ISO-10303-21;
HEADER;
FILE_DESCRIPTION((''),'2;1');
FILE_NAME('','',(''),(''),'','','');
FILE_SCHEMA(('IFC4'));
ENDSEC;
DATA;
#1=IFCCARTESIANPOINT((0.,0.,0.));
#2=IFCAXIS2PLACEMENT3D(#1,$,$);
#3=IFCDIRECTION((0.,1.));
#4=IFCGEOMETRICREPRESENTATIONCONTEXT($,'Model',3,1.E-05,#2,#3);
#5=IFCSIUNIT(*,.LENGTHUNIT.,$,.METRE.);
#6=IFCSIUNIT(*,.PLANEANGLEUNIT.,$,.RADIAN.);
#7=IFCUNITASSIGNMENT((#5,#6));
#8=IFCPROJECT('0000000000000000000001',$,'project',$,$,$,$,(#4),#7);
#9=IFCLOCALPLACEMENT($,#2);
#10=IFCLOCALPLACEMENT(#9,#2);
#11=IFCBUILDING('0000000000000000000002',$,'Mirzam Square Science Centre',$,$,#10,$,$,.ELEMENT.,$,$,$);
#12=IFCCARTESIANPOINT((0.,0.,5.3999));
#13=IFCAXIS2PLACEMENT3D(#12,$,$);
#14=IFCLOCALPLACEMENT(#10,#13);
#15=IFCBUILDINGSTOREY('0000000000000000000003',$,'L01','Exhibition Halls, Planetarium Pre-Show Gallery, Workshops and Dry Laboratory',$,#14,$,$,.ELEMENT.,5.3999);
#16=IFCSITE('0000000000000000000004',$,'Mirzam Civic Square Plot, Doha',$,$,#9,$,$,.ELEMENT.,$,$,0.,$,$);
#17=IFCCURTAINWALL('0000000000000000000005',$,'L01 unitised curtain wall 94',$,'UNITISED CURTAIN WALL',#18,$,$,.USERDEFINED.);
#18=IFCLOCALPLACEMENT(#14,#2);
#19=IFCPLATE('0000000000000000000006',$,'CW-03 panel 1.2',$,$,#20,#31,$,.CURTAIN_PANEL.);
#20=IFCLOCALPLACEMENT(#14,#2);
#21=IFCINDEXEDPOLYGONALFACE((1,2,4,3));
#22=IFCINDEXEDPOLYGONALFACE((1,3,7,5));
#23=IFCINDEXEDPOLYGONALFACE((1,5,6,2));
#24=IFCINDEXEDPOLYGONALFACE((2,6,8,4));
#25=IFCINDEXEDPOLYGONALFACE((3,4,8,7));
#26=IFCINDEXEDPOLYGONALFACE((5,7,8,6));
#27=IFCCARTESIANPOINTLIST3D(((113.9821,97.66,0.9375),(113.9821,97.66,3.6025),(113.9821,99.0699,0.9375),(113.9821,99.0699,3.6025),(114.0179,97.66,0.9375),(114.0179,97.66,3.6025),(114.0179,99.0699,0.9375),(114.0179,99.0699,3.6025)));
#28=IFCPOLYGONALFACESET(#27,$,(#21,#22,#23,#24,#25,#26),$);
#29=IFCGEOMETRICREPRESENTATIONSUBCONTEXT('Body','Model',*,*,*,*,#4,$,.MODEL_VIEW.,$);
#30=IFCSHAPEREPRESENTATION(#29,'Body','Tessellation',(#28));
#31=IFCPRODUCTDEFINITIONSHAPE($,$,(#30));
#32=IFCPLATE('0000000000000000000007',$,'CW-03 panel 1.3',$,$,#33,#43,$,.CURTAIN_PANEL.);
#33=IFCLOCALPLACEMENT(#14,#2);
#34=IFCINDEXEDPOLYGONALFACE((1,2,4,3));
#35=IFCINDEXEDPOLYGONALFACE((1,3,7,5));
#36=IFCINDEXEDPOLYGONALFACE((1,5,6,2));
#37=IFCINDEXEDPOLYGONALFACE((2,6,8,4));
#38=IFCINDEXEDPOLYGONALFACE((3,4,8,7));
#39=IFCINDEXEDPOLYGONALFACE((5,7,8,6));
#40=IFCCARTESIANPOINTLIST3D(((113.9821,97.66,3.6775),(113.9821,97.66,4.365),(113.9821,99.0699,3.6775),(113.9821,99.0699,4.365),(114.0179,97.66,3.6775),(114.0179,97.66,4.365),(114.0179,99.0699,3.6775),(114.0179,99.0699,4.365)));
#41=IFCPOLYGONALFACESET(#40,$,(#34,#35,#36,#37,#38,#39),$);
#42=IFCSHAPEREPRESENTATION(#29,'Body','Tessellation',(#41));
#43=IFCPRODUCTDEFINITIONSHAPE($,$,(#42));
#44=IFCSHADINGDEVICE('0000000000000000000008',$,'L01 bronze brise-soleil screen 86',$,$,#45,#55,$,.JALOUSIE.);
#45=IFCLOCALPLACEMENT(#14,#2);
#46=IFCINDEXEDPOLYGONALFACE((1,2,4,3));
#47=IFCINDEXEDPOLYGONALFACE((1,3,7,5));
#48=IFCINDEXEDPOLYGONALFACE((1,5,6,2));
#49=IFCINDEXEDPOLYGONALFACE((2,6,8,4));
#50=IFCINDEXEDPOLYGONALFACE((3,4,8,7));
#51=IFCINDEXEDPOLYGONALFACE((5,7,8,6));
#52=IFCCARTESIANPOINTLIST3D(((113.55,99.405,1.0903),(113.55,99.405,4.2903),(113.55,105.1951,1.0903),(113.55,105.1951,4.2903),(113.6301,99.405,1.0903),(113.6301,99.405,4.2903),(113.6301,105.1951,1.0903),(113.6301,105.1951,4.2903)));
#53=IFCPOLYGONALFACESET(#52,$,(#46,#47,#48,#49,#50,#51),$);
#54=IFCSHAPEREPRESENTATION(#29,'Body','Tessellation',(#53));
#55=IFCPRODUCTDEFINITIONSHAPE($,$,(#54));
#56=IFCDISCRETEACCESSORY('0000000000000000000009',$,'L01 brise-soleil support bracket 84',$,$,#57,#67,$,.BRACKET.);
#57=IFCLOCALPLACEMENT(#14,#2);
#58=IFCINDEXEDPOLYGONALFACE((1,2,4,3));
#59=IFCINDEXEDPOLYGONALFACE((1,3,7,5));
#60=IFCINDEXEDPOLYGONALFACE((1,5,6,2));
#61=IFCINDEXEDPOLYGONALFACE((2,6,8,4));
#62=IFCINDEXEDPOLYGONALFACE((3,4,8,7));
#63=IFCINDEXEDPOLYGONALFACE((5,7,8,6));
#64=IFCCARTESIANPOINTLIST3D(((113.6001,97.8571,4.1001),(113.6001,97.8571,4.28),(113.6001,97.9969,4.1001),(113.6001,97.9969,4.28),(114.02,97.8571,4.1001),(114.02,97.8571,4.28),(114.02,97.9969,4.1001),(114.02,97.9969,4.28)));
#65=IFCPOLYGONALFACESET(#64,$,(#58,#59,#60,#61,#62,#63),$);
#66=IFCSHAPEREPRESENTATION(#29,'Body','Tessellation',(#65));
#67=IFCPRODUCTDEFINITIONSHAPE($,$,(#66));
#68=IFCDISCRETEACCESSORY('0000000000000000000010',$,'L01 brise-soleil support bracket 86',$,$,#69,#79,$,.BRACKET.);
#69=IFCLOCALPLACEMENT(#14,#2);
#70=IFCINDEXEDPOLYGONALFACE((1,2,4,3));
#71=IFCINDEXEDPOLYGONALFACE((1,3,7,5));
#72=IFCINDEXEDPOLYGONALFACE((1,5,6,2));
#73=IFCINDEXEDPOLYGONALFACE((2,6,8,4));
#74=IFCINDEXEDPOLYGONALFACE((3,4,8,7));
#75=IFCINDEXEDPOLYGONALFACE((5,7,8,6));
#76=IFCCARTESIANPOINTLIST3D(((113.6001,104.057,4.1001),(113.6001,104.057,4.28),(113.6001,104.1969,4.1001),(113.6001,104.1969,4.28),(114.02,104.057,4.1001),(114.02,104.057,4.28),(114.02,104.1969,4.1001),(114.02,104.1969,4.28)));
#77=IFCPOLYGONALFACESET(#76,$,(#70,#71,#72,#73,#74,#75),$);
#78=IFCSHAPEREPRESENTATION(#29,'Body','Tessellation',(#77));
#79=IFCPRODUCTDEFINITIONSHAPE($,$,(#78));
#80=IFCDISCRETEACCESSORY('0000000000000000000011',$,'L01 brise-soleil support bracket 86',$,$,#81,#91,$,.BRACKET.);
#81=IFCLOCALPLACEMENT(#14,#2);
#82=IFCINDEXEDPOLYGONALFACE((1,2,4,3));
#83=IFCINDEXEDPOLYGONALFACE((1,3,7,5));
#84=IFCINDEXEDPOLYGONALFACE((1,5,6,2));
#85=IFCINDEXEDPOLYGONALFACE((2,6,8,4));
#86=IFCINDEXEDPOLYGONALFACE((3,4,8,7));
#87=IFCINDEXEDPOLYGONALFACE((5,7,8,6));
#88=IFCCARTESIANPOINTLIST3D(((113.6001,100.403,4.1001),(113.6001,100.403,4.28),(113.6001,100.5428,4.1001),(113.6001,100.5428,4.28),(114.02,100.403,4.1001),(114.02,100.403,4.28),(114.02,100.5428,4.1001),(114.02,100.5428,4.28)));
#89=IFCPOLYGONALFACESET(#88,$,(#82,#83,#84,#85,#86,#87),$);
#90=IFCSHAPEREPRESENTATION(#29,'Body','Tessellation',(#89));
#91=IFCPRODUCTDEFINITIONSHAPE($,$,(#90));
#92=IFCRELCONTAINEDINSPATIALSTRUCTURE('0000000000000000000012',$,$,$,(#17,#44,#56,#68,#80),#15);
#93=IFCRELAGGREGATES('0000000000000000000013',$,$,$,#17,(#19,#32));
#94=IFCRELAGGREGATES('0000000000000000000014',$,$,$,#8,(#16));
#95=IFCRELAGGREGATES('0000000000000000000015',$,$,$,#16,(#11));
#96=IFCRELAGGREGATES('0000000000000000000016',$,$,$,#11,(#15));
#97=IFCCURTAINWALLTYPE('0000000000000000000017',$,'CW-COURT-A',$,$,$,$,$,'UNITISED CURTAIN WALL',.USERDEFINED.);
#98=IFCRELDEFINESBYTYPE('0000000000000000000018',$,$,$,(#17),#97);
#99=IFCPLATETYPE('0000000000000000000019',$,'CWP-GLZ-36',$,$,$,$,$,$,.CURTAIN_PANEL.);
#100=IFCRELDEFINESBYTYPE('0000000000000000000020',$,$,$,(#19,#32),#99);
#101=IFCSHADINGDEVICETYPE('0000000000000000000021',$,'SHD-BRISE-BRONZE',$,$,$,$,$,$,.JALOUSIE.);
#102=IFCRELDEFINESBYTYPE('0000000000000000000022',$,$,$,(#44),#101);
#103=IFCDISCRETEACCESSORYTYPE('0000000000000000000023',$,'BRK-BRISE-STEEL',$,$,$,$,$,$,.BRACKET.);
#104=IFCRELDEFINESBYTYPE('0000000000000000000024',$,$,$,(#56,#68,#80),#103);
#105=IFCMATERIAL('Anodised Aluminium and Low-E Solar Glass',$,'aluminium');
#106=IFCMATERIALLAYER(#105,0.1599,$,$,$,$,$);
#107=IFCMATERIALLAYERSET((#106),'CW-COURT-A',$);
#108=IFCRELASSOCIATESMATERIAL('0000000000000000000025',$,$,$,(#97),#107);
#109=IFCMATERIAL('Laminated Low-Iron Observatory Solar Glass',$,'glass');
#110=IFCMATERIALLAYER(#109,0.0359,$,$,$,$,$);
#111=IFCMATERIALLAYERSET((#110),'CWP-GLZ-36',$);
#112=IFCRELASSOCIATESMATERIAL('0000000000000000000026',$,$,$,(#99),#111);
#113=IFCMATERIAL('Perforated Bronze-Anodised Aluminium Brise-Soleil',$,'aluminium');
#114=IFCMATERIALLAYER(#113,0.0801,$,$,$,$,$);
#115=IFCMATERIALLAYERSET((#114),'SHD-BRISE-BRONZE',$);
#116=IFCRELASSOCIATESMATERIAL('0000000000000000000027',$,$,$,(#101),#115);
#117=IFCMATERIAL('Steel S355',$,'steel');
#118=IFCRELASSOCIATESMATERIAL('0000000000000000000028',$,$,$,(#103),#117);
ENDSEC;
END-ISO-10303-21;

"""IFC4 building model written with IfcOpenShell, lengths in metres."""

from ifc_helpers import new_model, si_unit, direction, frame, origin, origin_2d, place, context, subcontext, project, spatial, rectangle, extrude, material, layer, layer_set, type_object, element, aggregate, save


model = new_model("IFC4")

# Units and contexts
model_context = context("Model", 3, precision=1e-05, world=origin(), true_north=direction((0.0, 1.0)))
body_context = subcontext(model_context, "Body", "Model", "MODEL_VIEW")
ifc_project = project(units=[si_unit("LENGTHUNIT", "METRE"), si_unit("PLANEANGLEUNIT", "RADIAN")], contexts=[model_context])

# Site, building, storey
site_placement = place(None, origin())
site = spatial("IfcSite", under=ifc_project, at=site_placement, Name="Mirzam Civic Square Plot, Doha", CompositionType="ELEMENT", RefElevation=0.0)
building_placement = place(site_placement, origin())
building = spatial("IfcBuilding", under=site, at=building_placement, Name="Mirzam Square Science Centre", CompositionType="ELEMENT")
storey_placement = place(building_placement, frame((0.0, 0.0, 5.3999)))
storey = spatial("IfcBuildingStorey", under=building, at=storey_placement, Name="L01", Description="Exhibition Halls, Planetarium Pre-Show Gallery, Workshops and Dry Laboratory", CompositionType="ELEMENT", Elevation=5.3999)

# Shared definitions
ifc_material_1 = material(Name="Steel S355", Category="steel")

# Shared definitions
ifc_material_2 = material(Name="Anodised Aluminium and Low-E Solar Glass", Category="aluminium")

# Curtain wall
ifc_layer_1 = layer(ifc_material_2, 0.1599)
ifc_layer_set_1 = layer_set([ifc_layer_1], Name="CW-COURT-A")
curtain_wall_type_1 = type_object("IfcCurtainWallType", Name="CW-COURT-A", ElementType="UNITISED CURTAIN WALL", PredefinedType="USERDEFINED", material=ifc_layer_set_1)
curtain_wall_1_placement = place(storey_placement, origin())
curtain_wall_1 = element("IfcCurtainWall", 1, at=curtain_wall_1_placement, inside=storey, type_object=curtain_wall_type_1, Name="L01 unitised curtain wall 94", ObjectType="UNITISED CURTAIN WALL", PredefinedType="USERDEFINED")

# Plates
ifc_material_3 = material(Name="Laminated Low-Iron Observatory Solar Glass", Category="glass")
ifc_layer_2 = layer(ifc_material_3, 0.0359)
ifc_layer_set_2 = layer_set([ifc_layer_2], Name="CWP-GLZ-36")
plate_type_1 = type_object("IfcPlateType", Name="CWP-GLZ-36", PredefinedType="CURTAIN_PANEL", material=ifc_layer_set_2)
plate_1_placement = place(storey_placement, frame((114.0, 98.365, 0.9375), z_axis=(0.0, 0.0, 1.0), x_axis=(0.0, -1.0, 0.0)))
plate_1 = element("IfcPlate", 2, at=plate_1_placement, type_object=plate_type_1, Name="CW-03 panel 1.2", PredefinedType="CURTAIN_PANEL", context=body_context, shape_type="SweptSolid", body=[
    extrude(rectangle(XDim=1.4099, YDim=0.0359, at=origin_2d()), origin(), (0.0, 0.0, 1.0), 2.665),
])
plate_2_placement = place(storey_placement, frame((114.0, 98.365, 3.6775), z_axis=(0.0, 0.0, 1.0), x_axis=(0.0, -1.0, 0.0)))
plate_2 = element("IfcPlate", 3, at=plate_2_placement, type_object=plate_type_1, Name="CW-03 panel 1.3", PredefinedType="CURTAIN_PANEL", context=body_context, shape_type="SweptSolid", body=[
    extrude(rectangle(XDim=1.4099, YDim=0.0359, at=origin_2d()), origin(), (0.0, 0.0, 1.0), 0.6875),
])
aggregate(curtain_wall_1, [plate_1, plate_2])

# Shading device
ifc_material_4 = material(Name="Perforated Bronze-Anodised Aluminium Brise-Soleil", Category="aluminium")
ifc_layer_3 = layer(ifc_material_4, 0.0801)
ifc_layer_set_3 = layer_set([ifc_layer_3], Name="SHD-BRISE-BRONZE")
shading_device_type = type_object("IfcShadingDeviceType", Name="SHD-BRISE-BRONZE", PredefinedType="JALOUSIE", material=ifc_layer_set_3)
shading_device_placement = place(storey_placement, frame((113.5901, 102.3, 1.0903), z_axis=(0.0, 0.0, 1.0), x_axis=(0.0, -1.0, 0.0)))
element("IfcShadingDevice", 4, at=shading_device_placement, inside=storey, type_object=shading_device_type, Name="L01 bronze brise-soleil screen 86", PredefinedType="JALOUSIE", context=body_context, shape_type="SweptSolid", body=[
    extrude(rectangle(XDim=5.79, YDim=0.0801, at=origin_2d()), origin(), (0.0, 0.0, 1.0), 3.2),
])

# Discrete accessories
discrete_accessory_type = type_object("IfcDiscreteAccessoryType", Name="BRK-BRISE-STEEL", PredefinedType="BRACKET", material=ifc_material_1)
for number, where, z_axis, x_axis, name in (
    (5, (113.8101, 97.927, 4.1001), (0.0, 0.0, 1.0), (0.0, -1.0, 0.0), "L01 brise-soleil support bracket 84"),
    (6, (113.8101, 104.127, 4.1001), (0.0, 0.0, 1.0), (0.0, -1.0, 0.0), "L01 brise-soleil support bracket 86"),
    (7, (113.8101, 100.4729, 4.1001), (0.0, 0.0, 1.0), (0.0, -1.0, 0.0), "L01 brise-soleil support bracket 86"),
):
    element("IfcDiscreteAccessory", number, at=place(storey_placement, frame(where, z_axis=z_axis, x_axis=x_axis)), inside=storey, type_object=discrete_accessory_type, Name=name, PredefinedType="BRACKET", context=body_context, shape_type="SweptSolid", body=[
        extrude(rectangle(XDim=0.1399, YDim=0.4199, at=origin_2d()), origin(), (0.0, 0.0, 1.0), 0.1799),
    ])

save(model, "model.ifc")
